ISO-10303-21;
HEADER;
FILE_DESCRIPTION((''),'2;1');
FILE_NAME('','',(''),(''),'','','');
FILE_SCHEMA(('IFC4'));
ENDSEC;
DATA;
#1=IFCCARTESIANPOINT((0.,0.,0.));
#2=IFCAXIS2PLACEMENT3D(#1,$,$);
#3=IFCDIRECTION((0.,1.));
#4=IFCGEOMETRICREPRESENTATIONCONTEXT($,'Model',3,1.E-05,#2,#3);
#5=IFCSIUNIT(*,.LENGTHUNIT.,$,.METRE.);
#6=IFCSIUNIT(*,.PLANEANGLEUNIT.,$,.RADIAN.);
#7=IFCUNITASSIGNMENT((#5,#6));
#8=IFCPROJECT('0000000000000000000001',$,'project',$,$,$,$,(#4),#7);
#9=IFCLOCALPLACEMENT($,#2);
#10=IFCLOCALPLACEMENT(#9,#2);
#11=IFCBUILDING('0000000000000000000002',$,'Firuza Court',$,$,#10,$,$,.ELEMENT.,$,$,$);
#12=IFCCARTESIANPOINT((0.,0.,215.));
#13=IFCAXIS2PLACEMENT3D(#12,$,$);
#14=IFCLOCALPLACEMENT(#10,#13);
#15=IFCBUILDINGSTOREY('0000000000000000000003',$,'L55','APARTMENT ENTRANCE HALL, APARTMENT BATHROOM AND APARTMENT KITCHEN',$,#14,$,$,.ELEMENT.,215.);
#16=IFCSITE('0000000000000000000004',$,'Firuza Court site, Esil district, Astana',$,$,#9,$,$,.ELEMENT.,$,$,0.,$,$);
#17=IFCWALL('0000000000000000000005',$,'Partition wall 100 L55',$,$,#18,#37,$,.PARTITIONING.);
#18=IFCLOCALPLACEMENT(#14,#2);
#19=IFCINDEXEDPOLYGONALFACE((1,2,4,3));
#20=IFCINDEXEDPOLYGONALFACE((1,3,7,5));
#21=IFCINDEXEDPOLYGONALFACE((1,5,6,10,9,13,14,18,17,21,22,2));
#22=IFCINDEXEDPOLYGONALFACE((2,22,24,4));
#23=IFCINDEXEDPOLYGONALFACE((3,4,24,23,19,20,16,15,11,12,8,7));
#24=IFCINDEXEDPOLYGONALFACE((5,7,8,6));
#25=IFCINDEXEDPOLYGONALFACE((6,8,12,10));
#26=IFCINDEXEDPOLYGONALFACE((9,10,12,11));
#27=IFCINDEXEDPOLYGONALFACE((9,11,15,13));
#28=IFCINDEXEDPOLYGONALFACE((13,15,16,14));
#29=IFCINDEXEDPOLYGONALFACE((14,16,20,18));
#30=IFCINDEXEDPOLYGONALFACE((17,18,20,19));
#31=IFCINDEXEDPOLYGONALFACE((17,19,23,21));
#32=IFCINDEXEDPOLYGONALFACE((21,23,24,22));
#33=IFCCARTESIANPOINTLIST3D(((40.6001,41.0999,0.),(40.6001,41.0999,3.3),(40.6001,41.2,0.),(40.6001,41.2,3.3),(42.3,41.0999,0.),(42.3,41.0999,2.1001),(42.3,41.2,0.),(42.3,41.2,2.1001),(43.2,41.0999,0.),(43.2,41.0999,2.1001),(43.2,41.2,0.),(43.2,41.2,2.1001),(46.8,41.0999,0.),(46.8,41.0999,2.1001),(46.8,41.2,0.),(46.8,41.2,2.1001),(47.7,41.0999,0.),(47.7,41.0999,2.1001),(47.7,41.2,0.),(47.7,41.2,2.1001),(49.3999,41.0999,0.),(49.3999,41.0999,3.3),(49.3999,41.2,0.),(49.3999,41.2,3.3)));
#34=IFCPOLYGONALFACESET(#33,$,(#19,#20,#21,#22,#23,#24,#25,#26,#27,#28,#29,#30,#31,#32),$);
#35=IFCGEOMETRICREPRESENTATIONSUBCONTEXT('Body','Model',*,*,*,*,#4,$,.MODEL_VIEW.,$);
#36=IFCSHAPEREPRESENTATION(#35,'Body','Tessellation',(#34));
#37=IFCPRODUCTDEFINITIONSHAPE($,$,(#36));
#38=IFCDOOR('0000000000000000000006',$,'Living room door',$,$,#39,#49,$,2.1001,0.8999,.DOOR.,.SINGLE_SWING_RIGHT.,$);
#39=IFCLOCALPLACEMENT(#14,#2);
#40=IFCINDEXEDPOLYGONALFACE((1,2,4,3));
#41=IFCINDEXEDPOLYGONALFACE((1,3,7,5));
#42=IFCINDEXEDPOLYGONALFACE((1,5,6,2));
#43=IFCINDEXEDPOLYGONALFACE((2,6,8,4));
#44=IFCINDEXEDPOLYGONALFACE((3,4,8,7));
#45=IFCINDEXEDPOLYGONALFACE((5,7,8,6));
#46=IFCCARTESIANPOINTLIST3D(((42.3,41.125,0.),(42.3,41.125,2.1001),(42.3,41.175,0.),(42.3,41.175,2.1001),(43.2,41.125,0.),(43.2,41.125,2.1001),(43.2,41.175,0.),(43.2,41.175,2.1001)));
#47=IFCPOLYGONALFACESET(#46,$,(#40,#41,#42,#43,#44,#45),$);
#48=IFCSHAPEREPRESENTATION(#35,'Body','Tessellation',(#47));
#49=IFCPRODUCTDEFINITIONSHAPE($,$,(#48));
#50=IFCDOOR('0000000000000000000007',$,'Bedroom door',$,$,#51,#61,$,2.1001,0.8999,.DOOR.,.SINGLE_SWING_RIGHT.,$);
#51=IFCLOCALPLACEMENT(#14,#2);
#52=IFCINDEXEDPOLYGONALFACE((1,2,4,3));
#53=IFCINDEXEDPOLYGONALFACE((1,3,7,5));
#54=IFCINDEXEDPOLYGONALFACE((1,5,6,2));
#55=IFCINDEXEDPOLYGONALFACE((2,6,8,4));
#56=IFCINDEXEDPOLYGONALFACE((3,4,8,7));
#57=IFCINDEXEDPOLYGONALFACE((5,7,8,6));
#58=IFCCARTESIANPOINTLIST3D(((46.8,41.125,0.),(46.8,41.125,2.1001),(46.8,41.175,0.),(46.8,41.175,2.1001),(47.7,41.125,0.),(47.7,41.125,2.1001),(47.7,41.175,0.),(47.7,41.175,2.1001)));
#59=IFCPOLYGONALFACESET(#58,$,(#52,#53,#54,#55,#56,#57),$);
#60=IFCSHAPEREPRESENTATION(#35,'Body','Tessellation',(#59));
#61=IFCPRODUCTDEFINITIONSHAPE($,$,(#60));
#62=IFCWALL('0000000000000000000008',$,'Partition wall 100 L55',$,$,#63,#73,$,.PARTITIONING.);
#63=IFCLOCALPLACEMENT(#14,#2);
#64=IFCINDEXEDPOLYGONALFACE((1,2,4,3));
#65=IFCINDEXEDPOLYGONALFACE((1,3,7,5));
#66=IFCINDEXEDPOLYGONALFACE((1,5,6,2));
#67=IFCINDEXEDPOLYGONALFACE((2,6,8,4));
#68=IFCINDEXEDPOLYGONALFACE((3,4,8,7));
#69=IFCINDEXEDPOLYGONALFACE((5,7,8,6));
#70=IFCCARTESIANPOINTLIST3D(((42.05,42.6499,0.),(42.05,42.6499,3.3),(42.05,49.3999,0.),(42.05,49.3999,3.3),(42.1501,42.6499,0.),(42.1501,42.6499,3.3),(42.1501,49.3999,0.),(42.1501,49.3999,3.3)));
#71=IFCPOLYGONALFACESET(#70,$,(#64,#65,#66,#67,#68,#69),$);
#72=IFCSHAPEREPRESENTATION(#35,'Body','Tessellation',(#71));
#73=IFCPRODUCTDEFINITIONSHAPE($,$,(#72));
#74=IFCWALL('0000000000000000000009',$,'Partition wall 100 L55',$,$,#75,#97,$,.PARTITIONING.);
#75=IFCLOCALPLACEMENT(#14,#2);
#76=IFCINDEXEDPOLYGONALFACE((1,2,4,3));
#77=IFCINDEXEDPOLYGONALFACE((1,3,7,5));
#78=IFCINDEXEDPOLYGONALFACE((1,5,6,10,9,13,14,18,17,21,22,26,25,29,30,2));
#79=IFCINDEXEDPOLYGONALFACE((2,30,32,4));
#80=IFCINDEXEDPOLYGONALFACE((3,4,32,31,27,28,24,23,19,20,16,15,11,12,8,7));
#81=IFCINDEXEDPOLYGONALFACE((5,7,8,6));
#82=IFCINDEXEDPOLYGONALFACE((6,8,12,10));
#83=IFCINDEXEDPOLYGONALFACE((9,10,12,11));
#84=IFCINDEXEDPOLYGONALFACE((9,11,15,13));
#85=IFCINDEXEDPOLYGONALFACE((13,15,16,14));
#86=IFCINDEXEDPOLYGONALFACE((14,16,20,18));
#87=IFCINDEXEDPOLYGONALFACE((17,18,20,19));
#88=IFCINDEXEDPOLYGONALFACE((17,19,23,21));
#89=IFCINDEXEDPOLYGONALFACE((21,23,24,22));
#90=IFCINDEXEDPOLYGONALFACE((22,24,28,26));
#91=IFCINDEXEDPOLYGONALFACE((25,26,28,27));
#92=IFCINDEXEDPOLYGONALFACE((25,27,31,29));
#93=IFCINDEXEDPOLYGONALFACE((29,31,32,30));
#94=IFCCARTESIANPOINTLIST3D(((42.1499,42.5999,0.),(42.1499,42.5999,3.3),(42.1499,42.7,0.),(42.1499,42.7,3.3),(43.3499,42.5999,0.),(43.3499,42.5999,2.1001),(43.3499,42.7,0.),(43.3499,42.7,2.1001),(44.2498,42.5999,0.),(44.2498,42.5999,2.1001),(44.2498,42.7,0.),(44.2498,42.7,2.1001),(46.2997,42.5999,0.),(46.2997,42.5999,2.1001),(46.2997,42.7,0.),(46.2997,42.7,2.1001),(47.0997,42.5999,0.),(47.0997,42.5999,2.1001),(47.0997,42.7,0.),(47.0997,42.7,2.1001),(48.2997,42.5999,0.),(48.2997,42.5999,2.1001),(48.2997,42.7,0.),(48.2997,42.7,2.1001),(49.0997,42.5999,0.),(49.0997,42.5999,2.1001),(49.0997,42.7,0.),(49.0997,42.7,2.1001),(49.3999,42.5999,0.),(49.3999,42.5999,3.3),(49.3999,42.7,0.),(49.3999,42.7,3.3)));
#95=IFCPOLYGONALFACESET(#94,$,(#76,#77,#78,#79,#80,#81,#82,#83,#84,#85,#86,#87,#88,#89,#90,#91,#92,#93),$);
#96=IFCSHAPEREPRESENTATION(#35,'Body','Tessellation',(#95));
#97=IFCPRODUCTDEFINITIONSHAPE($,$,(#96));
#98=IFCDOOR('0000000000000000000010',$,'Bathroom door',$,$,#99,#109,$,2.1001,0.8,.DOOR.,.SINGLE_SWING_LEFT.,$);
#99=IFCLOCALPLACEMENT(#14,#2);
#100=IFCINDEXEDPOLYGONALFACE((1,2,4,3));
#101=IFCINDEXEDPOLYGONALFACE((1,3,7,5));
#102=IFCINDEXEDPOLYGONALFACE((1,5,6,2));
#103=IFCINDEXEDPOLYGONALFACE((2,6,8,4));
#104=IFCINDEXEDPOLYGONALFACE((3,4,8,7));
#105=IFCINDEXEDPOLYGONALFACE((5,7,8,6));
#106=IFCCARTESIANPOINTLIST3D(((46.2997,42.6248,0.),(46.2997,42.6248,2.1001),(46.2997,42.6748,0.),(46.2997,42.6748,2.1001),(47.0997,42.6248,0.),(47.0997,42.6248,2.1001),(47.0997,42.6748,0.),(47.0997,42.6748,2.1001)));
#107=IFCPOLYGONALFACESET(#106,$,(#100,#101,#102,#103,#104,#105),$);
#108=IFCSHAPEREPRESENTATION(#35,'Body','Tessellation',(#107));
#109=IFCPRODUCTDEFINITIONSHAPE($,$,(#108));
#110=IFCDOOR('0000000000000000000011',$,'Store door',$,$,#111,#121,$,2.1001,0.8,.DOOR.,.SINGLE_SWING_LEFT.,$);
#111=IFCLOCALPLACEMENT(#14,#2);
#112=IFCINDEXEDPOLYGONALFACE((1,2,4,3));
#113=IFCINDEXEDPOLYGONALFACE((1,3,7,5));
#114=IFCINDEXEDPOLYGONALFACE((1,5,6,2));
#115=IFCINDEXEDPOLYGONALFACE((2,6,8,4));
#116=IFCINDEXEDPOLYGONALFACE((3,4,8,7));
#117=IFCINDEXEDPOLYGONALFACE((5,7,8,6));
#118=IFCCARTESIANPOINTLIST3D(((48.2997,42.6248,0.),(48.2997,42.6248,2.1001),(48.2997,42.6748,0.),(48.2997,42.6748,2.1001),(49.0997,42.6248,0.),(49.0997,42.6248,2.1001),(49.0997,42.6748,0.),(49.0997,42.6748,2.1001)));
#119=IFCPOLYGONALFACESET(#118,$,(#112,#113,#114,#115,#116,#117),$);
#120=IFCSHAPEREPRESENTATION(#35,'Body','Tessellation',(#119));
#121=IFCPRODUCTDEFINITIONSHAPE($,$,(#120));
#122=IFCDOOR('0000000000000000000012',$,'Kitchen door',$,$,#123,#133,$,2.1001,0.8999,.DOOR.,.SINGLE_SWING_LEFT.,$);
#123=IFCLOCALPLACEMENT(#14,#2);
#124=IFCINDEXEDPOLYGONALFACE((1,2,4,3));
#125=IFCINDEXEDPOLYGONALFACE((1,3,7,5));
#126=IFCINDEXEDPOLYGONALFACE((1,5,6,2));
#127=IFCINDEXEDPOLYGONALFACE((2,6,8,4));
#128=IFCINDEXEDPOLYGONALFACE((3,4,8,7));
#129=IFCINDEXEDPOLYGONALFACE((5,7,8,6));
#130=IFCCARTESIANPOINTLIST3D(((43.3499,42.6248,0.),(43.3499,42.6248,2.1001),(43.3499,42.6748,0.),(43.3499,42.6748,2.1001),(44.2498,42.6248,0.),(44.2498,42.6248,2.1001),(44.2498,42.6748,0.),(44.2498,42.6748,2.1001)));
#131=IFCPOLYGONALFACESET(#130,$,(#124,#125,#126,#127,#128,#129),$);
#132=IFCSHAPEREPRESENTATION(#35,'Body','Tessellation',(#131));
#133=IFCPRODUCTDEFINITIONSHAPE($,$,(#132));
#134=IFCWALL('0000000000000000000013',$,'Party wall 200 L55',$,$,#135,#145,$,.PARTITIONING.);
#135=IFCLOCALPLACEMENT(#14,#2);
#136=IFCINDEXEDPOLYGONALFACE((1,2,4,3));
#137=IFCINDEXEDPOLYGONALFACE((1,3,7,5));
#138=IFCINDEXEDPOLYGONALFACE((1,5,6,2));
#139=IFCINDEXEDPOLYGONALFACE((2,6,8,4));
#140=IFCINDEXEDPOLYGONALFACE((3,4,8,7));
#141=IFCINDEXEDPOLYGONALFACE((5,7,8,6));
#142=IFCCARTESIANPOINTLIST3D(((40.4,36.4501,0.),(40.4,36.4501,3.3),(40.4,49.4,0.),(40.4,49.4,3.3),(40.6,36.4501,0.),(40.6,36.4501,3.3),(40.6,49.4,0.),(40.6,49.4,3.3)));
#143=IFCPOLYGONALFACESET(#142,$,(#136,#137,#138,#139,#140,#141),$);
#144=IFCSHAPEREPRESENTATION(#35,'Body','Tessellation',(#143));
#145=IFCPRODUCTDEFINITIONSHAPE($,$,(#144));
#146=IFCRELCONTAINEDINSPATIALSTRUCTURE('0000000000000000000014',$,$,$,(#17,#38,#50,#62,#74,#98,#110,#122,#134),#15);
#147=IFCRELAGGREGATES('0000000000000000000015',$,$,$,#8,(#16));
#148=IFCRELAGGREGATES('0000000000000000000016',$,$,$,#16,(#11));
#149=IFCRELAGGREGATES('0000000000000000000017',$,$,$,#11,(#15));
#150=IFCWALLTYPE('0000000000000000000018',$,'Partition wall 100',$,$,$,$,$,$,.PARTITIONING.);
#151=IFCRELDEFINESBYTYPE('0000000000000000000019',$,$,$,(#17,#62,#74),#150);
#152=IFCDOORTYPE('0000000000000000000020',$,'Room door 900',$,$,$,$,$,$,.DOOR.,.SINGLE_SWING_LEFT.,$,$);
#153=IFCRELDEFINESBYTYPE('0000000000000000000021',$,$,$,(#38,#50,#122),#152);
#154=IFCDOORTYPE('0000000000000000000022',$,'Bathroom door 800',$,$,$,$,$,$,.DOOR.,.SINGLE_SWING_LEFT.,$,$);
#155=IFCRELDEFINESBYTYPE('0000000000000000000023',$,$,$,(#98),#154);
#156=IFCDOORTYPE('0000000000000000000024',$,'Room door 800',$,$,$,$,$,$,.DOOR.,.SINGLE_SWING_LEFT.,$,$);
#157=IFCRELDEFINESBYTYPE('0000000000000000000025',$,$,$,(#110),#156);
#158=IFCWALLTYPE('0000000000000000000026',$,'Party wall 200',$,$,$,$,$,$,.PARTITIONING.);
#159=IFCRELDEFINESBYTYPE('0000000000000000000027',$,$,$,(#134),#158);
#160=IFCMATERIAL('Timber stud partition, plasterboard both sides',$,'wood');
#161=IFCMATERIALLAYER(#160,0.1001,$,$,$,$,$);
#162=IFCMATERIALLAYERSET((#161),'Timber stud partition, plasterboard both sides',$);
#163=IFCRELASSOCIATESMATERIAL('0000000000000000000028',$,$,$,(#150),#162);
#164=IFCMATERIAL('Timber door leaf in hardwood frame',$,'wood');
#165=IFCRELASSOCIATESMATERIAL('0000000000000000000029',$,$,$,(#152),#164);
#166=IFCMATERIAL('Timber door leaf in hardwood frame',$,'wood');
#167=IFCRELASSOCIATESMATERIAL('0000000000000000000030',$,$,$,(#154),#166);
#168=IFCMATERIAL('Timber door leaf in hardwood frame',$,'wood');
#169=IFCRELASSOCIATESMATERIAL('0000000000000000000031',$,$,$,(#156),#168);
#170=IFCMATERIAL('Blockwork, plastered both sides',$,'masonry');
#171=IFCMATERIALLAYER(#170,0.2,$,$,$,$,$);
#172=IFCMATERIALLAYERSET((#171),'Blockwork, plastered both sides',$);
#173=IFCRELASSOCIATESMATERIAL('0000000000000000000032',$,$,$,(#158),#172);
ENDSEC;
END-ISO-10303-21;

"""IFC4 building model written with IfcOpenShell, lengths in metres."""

from ifc_helpers import new_model, si_unit, direction, frame, frame_2d, origin, place, context, subcontext, project, spatial, rectangle, extrude, material, layer, layer_set, type_object, element, fill, save


model = new_model("IFC4")

# Units and contexts
model_context = context("Model", 3, precision=1e-05, world=origin(), true_north=direction((0.0, 1.0)))
body_context = subcontext(model_context, "Body", "Model", "MODEL_VIEW")
ifc_project = project(units=[si_unit("LENGTHUNIT", "METRE"), si_unit("PLANEANGLEUNIT", "RADIAN")], contexts=[model_context])

# Site, building, storey
site_placement = place(None, origin())
site = spatial("IfcSite", under=ifc_project, at=site_placement, Name="Firuza Court site, Esil district, Astana", CompositionType="ELEMENT", RefElevation=0.0)
building_placement = place(site_placement, origin())
building = spatial("IfcBuilding", under=site, at=building_placement, Name="Firuza Court", CompositionType="ELEMENT")
storey_placement = place(building_placement, frame((0.0, 0.0, 215.0)))
storey = spatial("IfcBuildingStorey", under=building, at=storey_placement, Name="L55", Description="APARTMENT ENTRANCE HALL, APARTMENT BATHROOM AND APARTMENT KITCHEN", CompositionType="ELEMENT", Elevation=215.0)

# Shared definitions
ifc_material_1 = material(Name="Timber stud partition, plasterboard both sides", Category="wood")
ifc_layer_1 = layer(ifc_material_1, 0.1001)
ifc_layer_set_1 = layer_set([ifc_layer_1], Name="Timber stud partition, plasterboard both sides")
wall_type_1 = type_object("IfcWallType", Name="Partition wall 100", PredefinedType="PARTITIONING", material=ifc_layer_set_1)

# Wall, openings, doors
wall_1_placement = place(storey_placement, frame((40.6001, 41.1499, 0.0), z_axis=(0.0, 0.0, 1.0), x_axis=(1.0, 0.0, 0.0)))
wall_1 = element("IfcWall", 1, at=wall_1_placement, inside=storey, type_object=wall_type_1, Name="Partition wall 100 L55", PredefinedType="PARTITIONING", context=body_context, shape_type="SweptSolid", body=[
    extrude(rectangle(XDim=8.7998, YDim=0.1001, at=frame_2d((4.3999, 0.0))), origin(), (0.0, 0.0, 1.0), 3.3),
])
opening_1_placement = place(wall_1_placement, frame((1.7, 0.0, 0.0)))
opening_1 = element("IfcOpeningElement", 2, at=opening_1_placement, cuts=wall_1, PredefinedType="OPENING", context=body_context, shape_type="SweptSolid", body=[
    extrude(rectangle(XDim=0.8999, YDim=2.1001, at=frame_2d((0.45, 1.05))), frame((0.0, 0.062, 0.0), z_axis=(0.0, -1.0, 0.0), x_axis=(1.0, 0.0, 0.0)), (0.0, 0.0, 1.0), 0.124),
])
opening_2_placement = place(wall_1_placement, frame((6.2, 0.0, 0.0)))
opening_2 = element("IfcOpeningElement", 3, at=opening_2_placement, cuts=wall_1, PredefinedType="OPENING", context=body_context, shape_type="SweptSolid", body=[
    extrude(rectangle(XDim=0.8999, YDim=2.1001, at=frame_2d((0.45, 1.05))), frame((0.0, 0.062, 0.0), z_axis=(0.0, -1.0, 0.0), x_axis=(1.0, 0.0, 0.0)), (0.0, 0.0, 1.0), 0.124),
])
ifc_material_2 = material(Name="Timber door leaf in hardwood frame", Category="wood")
door_type_1 = type_object("IfcDoorType", Name="Room door 900", OperationType="SINGLE_SWING_LEFT", PredefinedType="DOOR", material=ifc_material_2)
door_1_placement = place(opening_1_placement, frame((0.8999, 0.0, 0.0), z_axis=(0.0, 0.0, 1.0), x_axis=(-1.0, 0.0, 0.0)))
door_1 = element("IfcDoor", 4, at=door_1_placement, inside=storey, type_object=door_type_1, Name="Living room door", OperationType="SINGLE_SWING_RIGHT", OverallHeight=2.1001, OverallWidth=0.8999, PredefinedType="DOOR", context=body_context, shape_type="SweptSolid", body=[
    extrude(rectangle(XDim=0.8999, YDim=2.1001, at=frame_2d((0.45, 1.05))), frame((0.0, 0.0249, 0.0), z_axis=(0.0, -1.0, 0.0), x_axis=(1.0, 0.0, 0.0)), (0.0, 0.0, 1.0), 0.05),
])
fill(opening_1, door_1)
door_2_placement = place(opening_2_placement, frame((0.8999, 0.0, 0.0), z_axis=(0.0, 0.0, 1.0), x_axis=(-1.0, 0.0, 0.0)))
door_2 = element("IfcDoor", 5, at=door_2_placement, inside=storey, type_object=door_type_1, Name="Bedroom door", OperationType="SINGLE_SWING_RIGHT", OverallHeight=2.1001, OverallWidth=0.8999, PredefinedType="DOOR", context=body_context, shape_type="SweptSolid", body=[
    extrude(rectangle(XDim=0.8999, YDim=2.1001, at=frame_2d((0.45, 1.05))), frame((0.0, 0.0249, 0.0), z_axis=(0.0, -1.0, 0.0), x_axis=(1.0, 0.0, 0.0)), (0.0, 0.0, 1.0), 0.05),
])
fill(opening_2, door_2)

# Wall
wall_2_placement = place(storey_placement, frame((42.1001, 42.6499, 0.0), z_axis=(0.0, 0.0, 1.0), x_axis=(0.0, 1.0, 0.0)))
element("IfcWall", 6, at=wall_2_placement, inside=storey, type_object=wall_type_1, Name="Partition wall 100 L55", PredefinedType="PARTITIONING", context=body_context, shape_type="SweptSolid", body=[
    extrude(rectangle(XDim=6.75, YDim=0.1001, at=frame_2d((3.375, 0.0))), origin(), (0.0, 0.0, 1.0), 3.3),
])

# Wall, openings, doors
wall_3_placement = place(storey_placement, frame((42.1499, 42.6499, 0.0), z_axis=(0.0, 0.0, 1.0), x_axis=(1.0, 0.0, 0.0)))
wall_3 = element("IfcWall", 7, at=wall_3_placement, inside=storey, type_object=wall_type_1, Name="Partition wall 100 L55", PredefinedType="PARTITIONING", context=body_context, shape_type="SweptSolid", body=[
    extrude(rectangle(XDim=7.25, YDim=0.1001, at=frame_2d((3.625, 0.0))), origin(), (0.0, 0.0, 1.0), 3.3),
])
opening_3_placement = place(wall_3_placement, frame((4.1499, 0.0, 0.0)))
opening_3 = element("IfcOpeningElement", 8, at=opening_3_placement, cuts=wall_3, PredefinedType="OPENING", context=body_context, shape_type="SweptSolid", body=[
    extrude(rectangle(XDim=0.8, YDim=2.1001, at=frame_2d((0.3999, 1.05))), frame((0.0, 0.062, 0.0), z_axis=(0.0, -1.0, 0.0), x_axis=(1.0, 0.0, 0.0)), (0.0, 0.0, 1.0), 0.124),
])
opening_4_placement = place(wall_3_placement, frame((1.2, 0.0, 0.0)))
opening_4 = element("IfcOpeningElement", 9, at=opening_4_placement, cuts=wall_3, PredefinedType="OPENING", context=body_context, shape_type="SweptSolid", body=[
    extrude(rectangle(XDim=0.8999, YDim=2.1001, at=frame_2d((0.45, 1.05))), frame((0.0, 0.062, 0.0), z_axis=(0.0, -1.0, 0.0), x_axis=(1.0, 0.0, 0.0)), (0.0, 0.0, 1.0), 0.124),
])
opening_5_placement = place(wall_3_placement, frame((6.1499, 0.0, 0.0)))
opening_5 = element("IfcOpeningElement", 10, at=opening_5_placement, cuts=wall_3, PredefinedType="OPENING", context=body_context, shape_type="SweptSolid", body=[
    extrude(rectangle(XDim=0.8, YDim=2.1001, at=frame_2d((0.3999, 1.05))), frame((0.0, 0.062, 0.0), z_axis=(0.0, -1.0, 0.0), x_axis=(1.0, 0.0, 0.0)), (0.0, 0.0, 1.0), 0.124),
])
ifc_material_3 = material(Name="Timber door leaf in hardwood frame", Category="wood")
door_type_2 = type_object("IfcDoorType", Name="Bathroom door 800", OperationType="SINGLE_SWING_LEFT", PredefinedType="DOOR", material=ifc_material_3)
door_3_placement = place(opening_3_placement, origin())
door_3 = element("IfcDoor", 11, at=door_3_placement, inside=storey, type_object=door_type_2, Name="Bathroom door", OperationType="SINGLE_SWING_LEFT", OverallHeight=2.1001, OverallWidth=0.8, PredefinedType="DOOR", context=body_context, shape_type="SweptSolid", body=[
    extrude(rectangle(XDim=0.8, YDim=2.1001, at=frame_2d((0.3999, 1.05))), frame((0.0, 0.0249, 0.0), z_axis=(0.0, -1.0, 0.0), x_axis=(1.0, 0.0, 0.0)), (0.0, 0.0, 1.0), 0.05),
])
fill(opening_3, door_3)
ifc_material_4 = material(Name="Timber door leaf in hardwood frame", Category="wood")
door_type_3 = type_object("IfcDoorType", Name="Room door 800", OperationType="SINGLE_SWING_LEFT", PredefinedType="DOOR", material=ifc_material_4)
door_4_placement = place(opening_5_placement, origin())
door_4 = element("IfcDoor", 12, at=door_4_placement, inside=storey, type_object=door_type_3, Name="Store door", OperationType="SINGLE_SWING_LEFT", OverallHeight=2.1001, OverallWidth=0.8, PredefinedType="DOOR", context=body_context, shape_type="SweptSolid", body=[
    extrude(rectangle(XDim=0.8, YDim=2.1001, at=frame_2d((0.3999, 1.05))), frame((0.0, 0.0249, 0.0), z_axis=(0.0, -1.0, 0.0), x_axis=(1.0, 0.0, 0.0)), (0.0, 0.0, 1.0), 0.05),
])
fill(opening_5, door_4)
door_5_placement = place(opening_4_placement, origin())
door_5 = element("IfcDoor", 13, at=door_5_placement, inside=storey, type_object=door_type_1, Name="Kitchen door", OperationType="SINGLE_SWING_LEFT", OverallHeight=2.1001, OverallWidth=0.8999, PredefinedType="DOOR", context=body_context, shape_type="SweptSolid", body=[
    extrude(rectangle(XDim=0.8999, YDim=2.1001, at=frame_2d((0.45, 1.05))), frame((0.0, 0.0249, 0.0), z_axis=(0.0, -1.0, 0.0), x_axis=(1.0, 0.0, 0.0)), (0.0, 0.0, 1.0), 0.05),
])
fill(opening_4, door_5)

# Wall
ifc_material_5 = material(Name="Blockwork, plastered both sides", Category="masonry")
ifc_layer_2 = layer(ifc_material_5, 0.2)
ifc_layer_set_2 = layer_set([ifc_layer_2], Name="Blockwork, plastered both sides")
wall_type_2 = type_object("IfcWallType", Name="Party wall 200", PredefinedType="PARTITIONING", material=ifc_layer_set_2)
wall_4_placement = place(storey_placement, frame((40.5, 36.45, 0.0), z_axis=(0.0, 0.0, 1.0), x_axis=(0.0, 1.0, 0.0)))
element("IfcWall", 14, at=wall_4_placement, inside=storey, type_object=wall_type_2, Name="Party wall 200 L55", PredefinedType="PARTITIONING", context=body_context, shape_type="SweptSolid", body=[
    extrude(rectangle(XDim=12.95, YDim=0.2, at=frame_2d((6.4751, 0.0))), origin(), (0.0, 0.0, 1.0), 3.3),
])

save(model, "model.ifc")
